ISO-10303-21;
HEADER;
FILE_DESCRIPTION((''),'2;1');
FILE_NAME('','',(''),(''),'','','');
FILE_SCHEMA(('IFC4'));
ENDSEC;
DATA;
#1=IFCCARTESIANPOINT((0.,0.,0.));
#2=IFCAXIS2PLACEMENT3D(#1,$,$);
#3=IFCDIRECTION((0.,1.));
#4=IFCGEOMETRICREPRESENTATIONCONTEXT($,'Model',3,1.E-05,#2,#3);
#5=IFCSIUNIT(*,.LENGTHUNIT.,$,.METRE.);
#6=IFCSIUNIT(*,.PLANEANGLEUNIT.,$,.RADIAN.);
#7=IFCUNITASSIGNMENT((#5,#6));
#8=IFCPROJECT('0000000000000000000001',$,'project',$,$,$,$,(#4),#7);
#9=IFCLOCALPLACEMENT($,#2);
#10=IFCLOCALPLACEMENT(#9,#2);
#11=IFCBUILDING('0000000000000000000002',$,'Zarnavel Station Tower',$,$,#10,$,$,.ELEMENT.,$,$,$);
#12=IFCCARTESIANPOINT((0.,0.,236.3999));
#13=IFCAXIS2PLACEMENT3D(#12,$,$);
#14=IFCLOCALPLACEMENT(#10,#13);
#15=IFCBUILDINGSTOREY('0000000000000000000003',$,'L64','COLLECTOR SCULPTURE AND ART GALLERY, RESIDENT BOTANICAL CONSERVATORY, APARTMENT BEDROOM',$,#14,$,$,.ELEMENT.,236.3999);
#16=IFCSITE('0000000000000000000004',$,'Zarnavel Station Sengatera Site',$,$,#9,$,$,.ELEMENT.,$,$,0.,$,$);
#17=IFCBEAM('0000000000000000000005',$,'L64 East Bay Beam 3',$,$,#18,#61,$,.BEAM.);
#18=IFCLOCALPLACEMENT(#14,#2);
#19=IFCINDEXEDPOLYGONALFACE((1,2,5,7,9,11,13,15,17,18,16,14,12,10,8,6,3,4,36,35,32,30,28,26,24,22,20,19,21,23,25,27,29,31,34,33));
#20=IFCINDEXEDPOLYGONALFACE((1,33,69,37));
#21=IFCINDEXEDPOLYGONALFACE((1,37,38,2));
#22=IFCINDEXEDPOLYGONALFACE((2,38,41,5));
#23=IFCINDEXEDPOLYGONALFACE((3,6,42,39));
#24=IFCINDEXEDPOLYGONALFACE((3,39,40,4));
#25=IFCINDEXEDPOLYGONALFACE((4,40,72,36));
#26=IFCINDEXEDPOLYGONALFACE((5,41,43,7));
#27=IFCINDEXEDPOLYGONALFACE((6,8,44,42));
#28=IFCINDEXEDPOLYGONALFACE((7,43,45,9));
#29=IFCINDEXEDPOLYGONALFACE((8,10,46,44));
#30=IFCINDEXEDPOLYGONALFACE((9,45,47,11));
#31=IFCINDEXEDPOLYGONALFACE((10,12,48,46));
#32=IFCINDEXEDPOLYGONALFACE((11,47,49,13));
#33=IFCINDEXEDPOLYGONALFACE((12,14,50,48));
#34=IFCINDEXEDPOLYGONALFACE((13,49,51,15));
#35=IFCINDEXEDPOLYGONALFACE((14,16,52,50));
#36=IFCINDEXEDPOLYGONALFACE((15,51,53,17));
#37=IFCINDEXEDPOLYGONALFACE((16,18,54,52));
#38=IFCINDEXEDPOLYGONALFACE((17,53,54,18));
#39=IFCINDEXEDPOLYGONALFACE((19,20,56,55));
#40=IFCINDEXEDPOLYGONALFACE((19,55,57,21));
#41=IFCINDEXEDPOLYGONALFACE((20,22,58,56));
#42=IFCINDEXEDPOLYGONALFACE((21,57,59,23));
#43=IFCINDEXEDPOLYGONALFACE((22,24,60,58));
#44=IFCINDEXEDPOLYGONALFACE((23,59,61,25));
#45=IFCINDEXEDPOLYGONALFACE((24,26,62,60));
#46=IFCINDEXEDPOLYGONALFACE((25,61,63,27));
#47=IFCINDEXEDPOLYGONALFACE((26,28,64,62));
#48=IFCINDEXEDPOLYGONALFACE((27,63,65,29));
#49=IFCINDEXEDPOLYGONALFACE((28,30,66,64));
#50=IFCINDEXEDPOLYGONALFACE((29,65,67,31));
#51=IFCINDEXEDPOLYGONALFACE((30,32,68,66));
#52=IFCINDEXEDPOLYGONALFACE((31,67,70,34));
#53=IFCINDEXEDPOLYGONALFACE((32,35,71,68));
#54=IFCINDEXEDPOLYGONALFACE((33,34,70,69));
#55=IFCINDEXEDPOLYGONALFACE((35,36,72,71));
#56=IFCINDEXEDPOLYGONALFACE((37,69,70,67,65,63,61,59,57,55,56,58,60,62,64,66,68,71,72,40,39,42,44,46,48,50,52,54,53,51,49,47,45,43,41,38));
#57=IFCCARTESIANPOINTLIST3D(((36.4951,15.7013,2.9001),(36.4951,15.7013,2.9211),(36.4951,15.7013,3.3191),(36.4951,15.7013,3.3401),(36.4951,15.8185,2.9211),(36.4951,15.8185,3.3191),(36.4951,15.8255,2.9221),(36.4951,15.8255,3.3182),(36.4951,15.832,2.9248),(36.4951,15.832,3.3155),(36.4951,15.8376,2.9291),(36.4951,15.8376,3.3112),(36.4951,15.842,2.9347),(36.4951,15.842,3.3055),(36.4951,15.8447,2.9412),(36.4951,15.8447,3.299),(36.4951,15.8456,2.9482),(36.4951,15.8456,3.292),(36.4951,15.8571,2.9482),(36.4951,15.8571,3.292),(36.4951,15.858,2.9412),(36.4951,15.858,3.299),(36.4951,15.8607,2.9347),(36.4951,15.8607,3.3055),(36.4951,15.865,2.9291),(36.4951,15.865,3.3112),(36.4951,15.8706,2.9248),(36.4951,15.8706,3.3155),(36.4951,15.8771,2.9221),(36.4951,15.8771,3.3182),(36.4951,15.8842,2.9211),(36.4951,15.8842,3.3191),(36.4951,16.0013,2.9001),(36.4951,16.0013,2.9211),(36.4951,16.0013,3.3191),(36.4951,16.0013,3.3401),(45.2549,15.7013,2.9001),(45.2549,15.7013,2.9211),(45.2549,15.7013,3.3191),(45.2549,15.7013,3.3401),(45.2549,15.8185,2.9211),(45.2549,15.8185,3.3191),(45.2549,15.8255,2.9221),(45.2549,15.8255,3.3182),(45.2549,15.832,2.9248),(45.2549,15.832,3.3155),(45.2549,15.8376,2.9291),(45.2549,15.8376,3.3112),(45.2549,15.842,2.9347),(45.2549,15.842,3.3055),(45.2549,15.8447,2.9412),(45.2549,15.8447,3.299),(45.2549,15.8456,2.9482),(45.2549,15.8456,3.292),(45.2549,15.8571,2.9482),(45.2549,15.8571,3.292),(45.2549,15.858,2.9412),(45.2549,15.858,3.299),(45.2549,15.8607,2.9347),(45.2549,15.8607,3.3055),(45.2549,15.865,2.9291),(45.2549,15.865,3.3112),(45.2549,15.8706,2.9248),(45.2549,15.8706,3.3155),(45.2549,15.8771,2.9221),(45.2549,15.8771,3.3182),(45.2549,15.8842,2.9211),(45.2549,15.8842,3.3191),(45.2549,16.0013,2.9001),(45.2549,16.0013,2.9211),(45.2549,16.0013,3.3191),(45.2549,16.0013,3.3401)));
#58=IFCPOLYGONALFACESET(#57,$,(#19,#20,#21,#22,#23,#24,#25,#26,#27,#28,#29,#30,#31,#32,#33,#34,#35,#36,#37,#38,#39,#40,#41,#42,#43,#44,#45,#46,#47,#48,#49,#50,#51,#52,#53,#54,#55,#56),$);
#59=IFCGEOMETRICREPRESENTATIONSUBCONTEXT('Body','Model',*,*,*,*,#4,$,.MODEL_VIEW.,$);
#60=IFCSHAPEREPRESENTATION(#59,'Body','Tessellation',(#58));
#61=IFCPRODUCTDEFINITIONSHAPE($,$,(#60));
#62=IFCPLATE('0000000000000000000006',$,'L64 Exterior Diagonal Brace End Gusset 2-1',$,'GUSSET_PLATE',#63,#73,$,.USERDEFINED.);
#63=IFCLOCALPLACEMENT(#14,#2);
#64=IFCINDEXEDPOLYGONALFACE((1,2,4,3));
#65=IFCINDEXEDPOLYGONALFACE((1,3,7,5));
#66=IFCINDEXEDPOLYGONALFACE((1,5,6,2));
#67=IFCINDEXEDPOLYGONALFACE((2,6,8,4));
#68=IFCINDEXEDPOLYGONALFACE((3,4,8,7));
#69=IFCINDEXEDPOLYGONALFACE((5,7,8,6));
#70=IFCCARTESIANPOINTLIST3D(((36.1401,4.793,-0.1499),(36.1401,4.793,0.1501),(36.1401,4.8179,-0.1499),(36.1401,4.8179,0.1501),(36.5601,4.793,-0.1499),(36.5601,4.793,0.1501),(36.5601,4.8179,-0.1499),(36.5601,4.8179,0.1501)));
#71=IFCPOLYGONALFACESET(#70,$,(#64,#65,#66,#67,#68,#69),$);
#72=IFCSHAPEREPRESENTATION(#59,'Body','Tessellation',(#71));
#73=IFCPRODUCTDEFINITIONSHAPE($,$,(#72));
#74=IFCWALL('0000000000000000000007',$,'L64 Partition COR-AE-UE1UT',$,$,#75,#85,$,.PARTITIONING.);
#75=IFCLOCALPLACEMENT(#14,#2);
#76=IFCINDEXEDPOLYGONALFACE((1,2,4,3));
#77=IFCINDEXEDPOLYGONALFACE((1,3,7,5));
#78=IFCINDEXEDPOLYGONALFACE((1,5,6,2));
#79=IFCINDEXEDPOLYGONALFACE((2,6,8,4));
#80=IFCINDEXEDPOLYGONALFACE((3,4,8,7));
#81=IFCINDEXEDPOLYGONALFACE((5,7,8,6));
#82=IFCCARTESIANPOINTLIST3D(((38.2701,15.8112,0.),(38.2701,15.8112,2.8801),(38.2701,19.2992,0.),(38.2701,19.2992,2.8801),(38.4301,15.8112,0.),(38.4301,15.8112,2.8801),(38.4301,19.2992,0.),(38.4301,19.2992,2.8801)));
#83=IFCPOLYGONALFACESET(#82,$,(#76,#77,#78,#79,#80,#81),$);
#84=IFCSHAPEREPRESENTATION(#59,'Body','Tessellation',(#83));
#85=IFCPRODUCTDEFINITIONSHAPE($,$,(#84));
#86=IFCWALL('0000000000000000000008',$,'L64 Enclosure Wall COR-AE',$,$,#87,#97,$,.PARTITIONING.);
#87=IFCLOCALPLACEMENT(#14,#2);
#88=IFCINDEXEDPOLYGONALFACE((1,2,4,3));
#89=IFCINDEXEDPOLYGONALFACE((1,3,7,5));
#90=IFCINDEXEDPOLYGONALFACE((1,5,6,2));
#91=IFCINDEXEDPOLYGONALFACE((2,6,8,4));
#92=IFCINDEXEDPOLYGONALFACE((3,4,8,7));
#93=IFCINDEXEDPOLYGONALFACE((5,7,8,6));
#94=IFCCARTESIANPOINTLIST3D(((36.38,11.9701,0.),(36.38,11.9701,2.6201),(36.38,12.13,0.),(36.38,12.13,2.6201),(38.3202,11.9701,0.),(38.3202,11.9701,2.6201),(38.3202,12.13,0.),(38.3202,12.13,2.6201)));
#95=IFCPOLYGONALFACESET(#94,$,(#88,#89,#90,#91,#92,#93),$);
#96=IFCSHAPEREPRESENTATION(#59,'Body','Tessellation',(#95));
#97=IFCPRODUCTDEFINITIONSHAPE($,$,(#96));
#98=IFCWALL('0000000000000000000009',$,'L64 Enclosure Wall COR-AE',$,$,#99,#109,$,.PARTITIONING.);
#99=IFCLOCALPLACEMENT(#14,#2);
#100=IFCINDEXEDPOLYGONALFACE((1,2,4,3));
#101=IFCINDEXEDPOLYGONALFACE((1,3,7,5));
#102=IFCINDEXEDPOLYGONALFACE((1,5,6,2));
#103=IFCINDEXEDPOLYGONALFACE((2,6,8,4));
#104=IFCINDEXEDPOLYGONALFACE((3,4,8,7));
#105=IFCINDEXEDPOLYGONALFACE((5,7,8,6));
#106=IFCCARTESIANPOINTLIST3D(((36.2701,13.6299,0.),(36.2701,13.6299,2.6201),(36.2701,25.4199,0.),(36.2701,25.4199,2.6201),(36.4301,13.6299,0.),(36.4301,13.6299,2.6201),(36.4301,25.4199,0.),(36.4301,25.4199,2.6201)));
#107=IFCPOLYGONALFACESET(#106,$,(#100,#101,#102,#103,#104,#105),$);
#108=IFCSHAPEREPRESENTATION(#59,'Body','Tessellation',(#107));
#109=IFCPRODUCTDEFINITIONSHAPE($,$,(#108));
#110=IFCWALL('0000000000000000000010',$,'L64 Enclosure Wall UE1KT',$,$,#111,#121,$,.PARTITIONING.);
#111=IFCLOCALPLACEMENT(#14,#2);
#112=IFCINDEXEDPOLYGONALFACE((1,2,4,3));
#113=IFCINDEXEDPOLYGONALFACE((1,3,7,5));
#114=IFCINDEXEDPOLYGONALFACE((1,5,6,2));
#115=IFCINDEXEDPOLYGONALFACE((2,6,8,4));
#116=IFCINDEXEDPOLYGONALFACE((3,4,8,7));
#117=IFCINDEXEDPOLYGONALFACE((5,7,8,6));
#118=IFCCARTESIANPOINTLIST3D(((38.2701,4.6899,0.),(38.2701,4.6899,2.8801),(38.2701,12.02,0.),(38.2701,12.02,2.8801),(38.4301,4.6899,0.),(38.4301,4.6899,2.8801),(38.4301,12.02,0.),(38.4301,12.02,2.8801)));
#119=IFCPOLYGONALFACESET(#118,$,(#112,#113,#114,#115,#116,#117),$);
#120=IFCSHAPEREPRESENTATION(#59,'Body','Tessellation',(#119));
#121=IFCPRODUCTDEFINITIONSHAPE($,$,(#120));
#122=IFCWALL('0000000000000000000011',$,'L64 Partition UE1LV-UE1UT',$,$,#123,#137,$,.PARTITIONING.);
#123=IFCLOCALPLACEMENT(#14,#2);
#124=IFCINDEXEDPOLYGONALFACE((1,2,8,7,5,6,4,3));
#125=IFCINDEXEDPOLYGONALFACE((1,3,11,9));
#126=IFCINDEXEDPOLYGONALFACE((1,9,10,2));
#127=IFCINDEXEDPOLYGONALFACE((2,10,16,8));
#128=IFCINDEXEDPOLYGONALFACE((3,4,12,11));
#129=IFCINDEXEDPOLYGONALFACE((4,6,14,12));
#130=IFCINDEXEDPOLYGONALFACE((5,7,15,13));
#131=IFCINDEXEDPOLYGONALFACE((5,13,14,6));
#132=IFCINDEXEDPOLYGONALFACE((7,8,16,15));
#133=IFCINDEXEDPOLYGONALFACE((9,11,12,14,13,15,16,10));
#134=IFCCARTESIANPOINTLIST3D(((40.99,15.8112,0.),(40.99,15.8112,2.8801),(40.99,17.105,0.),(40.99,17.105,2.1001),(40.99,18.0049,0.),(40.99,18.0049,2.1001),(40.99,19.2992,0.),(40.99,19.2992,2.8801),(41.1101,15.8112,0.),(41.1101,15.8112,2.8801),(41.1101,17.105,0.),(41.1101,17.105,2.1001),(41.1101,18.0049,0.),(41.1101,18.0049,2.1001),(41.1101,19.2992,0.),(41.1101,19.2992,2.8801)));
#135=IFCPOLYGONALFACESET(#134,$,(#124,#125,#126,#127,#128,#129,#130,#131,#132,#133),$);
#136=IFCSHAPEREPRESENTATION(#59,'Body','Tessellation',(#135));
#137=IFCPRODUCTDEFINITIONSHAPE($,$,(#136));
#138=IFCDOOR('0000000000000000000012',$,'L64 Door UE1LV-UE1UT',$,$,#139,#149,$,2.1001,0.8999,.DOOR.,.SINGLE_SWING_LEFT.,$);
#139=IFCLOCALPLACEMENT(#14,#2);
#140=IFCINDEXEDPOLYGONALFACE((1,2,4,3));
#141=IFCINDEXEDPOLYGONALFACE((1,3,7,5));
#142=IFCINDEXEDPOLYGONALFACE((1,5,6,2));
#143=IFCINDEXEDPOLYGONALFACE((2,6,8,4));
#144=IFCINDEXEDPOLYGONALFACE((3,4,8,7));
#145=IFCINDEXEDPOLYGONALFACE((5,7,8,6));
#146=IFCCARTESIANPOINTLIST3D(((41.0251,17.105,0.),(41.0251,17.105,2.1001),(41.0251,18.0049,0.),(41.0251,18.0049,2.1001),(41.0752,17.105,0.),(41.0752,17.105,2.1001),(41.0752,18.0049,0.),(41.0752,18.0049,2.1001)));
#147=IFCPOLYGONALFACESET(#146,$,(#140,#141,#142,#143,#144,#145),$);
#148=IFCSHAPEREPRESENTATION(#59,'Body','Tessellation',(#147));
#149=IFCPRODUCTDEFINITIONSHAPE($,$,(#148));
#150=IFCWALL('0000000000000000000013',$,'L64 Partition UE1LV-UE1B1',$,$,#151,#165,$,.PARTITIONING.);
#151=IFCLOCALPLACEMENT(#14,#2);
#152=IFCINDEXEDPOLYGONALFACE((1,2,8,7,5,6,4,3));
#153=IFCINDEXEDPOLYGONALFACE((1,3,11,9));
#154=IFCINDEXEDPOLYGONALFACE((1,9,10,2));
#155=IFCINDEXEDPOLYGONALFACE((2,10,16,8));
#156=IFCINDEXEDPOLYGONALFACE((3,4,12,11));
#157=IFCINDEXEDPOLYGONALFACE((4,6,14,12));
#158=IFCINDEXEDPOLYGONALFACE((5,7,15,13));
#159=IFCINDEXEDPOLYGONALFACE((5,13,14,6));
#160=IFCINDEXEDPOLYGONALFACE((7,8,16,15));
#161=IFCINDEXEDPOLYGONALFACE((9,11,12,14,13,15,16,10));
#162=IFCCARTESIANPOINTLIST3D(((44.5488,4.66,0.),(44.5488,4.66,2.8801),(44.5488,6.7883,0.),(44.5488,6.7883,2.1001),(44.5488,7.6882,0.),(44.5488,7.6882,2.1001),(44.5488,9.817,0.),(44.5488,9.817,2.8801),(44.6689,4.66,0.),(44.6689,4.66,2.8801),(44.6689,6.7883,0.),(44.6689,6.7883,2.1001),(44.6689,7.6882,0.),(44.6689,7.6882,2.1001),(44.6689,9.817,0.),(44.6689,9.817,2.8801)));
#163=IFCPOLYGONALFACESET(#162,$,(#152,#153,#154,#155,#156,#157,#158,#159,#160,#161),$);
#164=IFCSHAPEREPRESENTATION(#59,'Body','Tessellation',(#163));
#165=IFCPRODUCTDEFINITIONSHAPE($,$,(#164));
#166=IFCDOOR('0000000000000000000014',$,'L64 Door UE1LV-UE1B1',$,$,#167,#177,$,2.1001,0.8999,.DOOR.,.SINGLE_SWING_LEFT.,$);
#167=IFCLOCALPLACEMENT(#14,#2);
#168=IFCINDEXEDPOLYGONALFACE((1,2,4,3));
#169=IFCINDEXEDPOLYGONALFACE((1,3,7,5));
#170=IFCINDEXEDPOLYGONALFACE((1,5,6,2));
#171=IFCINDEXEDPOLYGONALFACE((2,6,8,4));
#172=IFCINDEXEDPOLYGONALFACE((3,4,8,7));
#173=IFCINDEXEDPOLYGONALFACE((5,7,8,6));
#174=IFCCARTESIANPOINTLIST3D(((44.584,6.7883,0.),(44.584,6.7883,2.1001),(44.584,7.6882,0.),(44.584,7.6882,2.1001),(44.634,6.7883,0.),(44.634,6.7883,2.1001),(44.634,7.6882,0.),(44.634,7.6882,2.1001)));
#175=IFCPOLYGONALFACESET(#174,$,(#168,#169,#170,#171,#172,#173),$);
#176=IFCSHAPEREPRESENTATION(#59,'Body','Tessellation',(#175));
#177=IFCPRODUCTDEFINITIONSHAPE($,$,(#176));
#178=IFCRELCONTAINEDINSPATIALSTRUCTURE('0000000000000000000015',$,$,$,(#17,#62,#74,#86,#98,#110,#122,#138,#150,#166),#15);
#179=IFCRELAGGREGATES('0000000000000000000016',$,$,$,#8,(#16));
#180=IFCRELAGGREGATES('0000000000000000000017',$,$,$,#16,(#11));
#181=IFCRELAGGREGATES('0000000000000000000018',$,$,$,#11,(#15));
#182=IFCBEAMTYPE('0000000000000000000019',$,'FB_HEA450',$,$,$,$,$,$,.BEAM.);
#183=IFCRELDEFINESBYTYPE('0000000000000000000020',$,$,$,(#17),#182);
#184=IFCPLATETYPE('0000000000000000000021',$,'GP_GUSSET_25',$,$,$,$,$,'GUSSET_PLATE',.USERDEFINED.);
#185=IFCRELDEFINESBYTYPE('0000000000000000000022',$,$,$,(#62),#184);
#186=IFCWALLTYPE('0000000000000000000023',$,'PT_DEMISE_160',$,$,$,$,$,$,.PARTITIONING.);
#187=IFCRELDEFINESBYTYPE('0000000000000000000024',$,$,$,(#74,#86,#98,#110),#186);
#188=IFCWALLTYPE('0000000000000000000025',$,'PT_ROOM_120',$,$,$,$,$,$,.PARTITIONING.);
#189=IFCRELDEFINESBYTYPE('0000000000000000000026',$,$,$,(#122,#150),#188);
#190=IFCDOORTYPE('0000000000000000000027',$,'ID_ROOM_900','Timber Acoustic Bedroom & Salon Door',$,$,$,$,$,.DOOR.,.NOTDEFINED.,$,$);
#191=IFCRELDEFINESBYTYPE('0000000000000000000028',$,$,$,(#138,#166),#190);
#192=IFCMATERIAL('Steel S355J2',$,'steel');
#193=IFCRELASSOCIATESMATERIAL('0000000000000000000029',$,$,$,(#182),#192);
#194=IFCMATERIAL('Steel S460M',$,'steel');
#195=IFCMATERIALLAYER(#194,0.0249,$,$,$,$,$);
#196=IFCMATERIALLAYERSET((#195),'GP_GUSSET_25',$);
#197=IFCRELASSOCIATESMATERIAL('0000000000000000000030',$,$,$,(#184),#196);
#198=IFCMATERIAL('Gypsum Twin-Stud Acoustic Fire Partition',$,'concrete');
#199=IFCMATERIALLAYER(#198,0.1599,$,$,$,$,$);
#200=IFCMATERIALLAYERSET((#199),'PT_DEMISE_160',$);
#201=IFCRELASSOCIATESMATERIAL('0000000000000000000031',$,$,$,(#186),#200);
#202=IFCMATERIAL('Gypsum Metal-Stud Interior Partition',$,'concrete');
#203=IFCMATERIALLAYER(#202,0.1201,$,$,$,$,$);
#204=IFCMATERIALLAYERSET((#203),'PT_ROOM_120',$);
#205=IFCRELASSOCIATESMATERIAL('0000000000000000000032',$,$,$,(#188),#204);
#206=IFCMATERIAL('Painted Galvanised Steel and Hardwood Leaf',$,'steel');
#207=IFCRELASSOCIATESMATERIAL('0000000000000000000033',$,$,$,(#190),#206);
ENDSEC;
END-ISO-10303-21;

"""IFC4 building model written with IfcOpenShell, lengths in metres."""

from ifc_helpers import new_model, si_unit, direction, frame, frame_2d, origin, origin_2d, place, context, subcontext, project, spatial, rectangle, i_section, extrude, material, layer, layer_set, material_profile, profile_set, type_object, element, fill, save


model = new_model("IFC4")

# Units and contexts
model_context = context("Model", 3, precision=1e-05, world=origin(), true_north=direction((0.0, 1.0)))
body_context = subcontext(model_context, "Body", "Model", "MODEL_VIEW")
ifc_project = project(units=[si_unit("LENGTHUNIT", "METRE"), si_unit("PLANEANGLEUNIT", "RADIAN")], contexts=[model_context])

# Site, building, storey
site_placement = place(None, origin())
site = spatial("IfcSite", under=ifc_project, at=site_placement, Name="Zarnavel Station Sengatera Site", CompositionType="ELEMENT", RefElevation=0.0)
building_placement = place(site_placement, origin())
building = spatial("IfcBuilding", under=site, at=building_placement, Name="Zarnavel Station Tower", CompositionType="ELEMENT")
storey_placement = place(building_placement, frame((0.0, 0.0, 236.3999)))
storey = spatial("IfcBuildingStorey", under=building, at=storey_placement, Name="L64", Description="COLLECTOR SCULPTURE AND ART GALLERY, RESIDENT BOTANICAL CONSERVATORY, APARTMENT BEDROOM", CompositionType="ELEMENT", Elevation=236.3999)

# Beam
ifc_material_1 = material(Name="Steel S355J2", Category="steel")
ifc_material_profile_1 = material_profile(ifc_material_1, i_section(OverallWidth=0.3, OverallDepth=0.4399, WebThickness=0.0115, FlangeThickness=0.021, FilletRadius=0.0271, at=origin_2d()), Name="HEA450")
ifc_profile_set_1 = profile_set([ifc_material_profile_1], Name="Steel S355J2")
beam_type_1 = type_object("IfcBeamType", Name="FB_HEA450", PredefinedType="BEAM", material=ifc_profile_set_1)
for number, where, z_axis, x_axis, name in (
    (1, (36.4951, 15.8513, 3.1201), (1.0, 0.0, 0.0), (0.0, 1.0, 0.0), "L64 East Bay Beam 3"),
):
    element("IfcBeam", number, at=place(storey_placement, frame(where, z_axis=z_axis, x_axis=x_axis)), inside=storey, type_object=beam_type_1, Name=name, PredefinedType="BEAM", context=body_context, shape_type="SweptSolid", body=[
        extrude(i_section(OverallWidth=0.3, OverallDepth=0.4399, WebThickness=0.0115, FlangeThickness=0.021, FilletRadius=0.0271, at=origin_2d()), origin(), (0.0, 0.0, 1.0), 8.7598),
    ])

# Plate
ifc_material_2 = material(Name="Steel S460M", Category="steel")
ifc_layer_1 = layer(ifc_material_2, 0.0249)
ifc_layer_set_1 = layer_set([ifc_layer_1], Name="GP_GUSSET_25")
plate_type = type_object("IfcPlateType", Name="GP_GUSSET_25", ElementType="GUSSET_PLATE", PredefinedType="USERDEFINED", material=ifc_layer_set_1)
plate_placement = place(storey_placement, frame((36.3501, 4.8054, -0.1499), z_axis=(0.0, 0.0, 1.0), x_axis=(1.0, 0.0, 0.0)))
element("IfcPlate", 2, at=plate_placement, inside=storey, type_object=plate_type, Name="L64 Exterior Diagonal Brace End Gusset 2-1", ObjectType="GUSSET_PLATE", PredefinedType="USERDEFINED", context=body_context, shape_type="SweptSolid", body=[
    extrude(rectangle(XDim=0.4199, YDim=0.0249, at=origin_2d()), origin(), (0.0, 0.0, 1.0), 0.3),
])

# Walls
ifc_material_3 = material(Name="Gypsum Twin-Stud Acoustic Fire Partition", Category="concrete")
ifc_layer_2 = layer(ifc_material_3, 0.1599)
ifc_layer_set_2 = layer_set([ifc_layer_2], Name="PT_DEMISE_160")
wall_type_1 = type_object("IfcWallType", Name="PT_DEMISE_160", PredefinedType="PARTITIONING", material=ifc_layer_set_2)
wall_1_placement = place(storey_placement, frame((38.3501, 15.811, 0.0), z_axis=(0.0, 0.0, 1.0), x_axis=(0.0, 1.0, 0.0)))
element("IfcWall", 3, at=wall_1_placement, inside=storey, type_object=wall_type_1, Name="L64 Partition COR-AE-UE1UT", PredefinedType="PARTITIONING", context=body_context, shape_type="SweptSolid", body=[
    extrude(rectangle(XDim=3.488, YDim=0.1599, at=frame_2d((1.7441, 0.0))), origin(), (0.0, 0.0, 1.0), 2.8801),
])
wall_2_placement = place(storey_placement, frame((36.3799, 12.05, 0.0), z_axis=(0.0, 0.0, 1.0), x_axis=(1.0, 0.0, 0.0)))
element("IfcWall", 4, at=wall_2_placement, inside=storey, type_object=wall_type_1, Name="L64 Enclosure Wall COR-AE", PredefinedType="PARTITIONING", context=body_context, shape_type="SweptSolid", body=[
    extrude(rectangle(XDim=1.9402, YDim=0.1599, at=frame_2d((0.9702, 0.0))), origin(), (0.0, 0.0, 1.0), 2.6201),
])
wall_3_placement = place(storey_placement, frame((36.3501, 13.6299, 0.0), z_axis=(0.0, 0.0, 1.0), x_axis=(0.0, 1.0, 0.0)))
element("IfcWall", 5, at=wall_3_placement, inside=storey, type_object=wall_type_1, Name="L64 Enclosure Wall COR-AE", PredefinedType="PARTITIONING", context=body_context, shape_type="SweptSolid", body=[
    extrude(rectangle(XDim=11.79, YDim=0.1599, at=frame_2d((5.895, 0.0))), origin(), (0.0, 0.0, 1.0), 2.6201),
])
wall_4_placement = place(storey_placement, frame((38.3501, 4.6899, 0.0), z_axis=(0.0, 0.0, 1.0), x_axis=(0.0, 1.0, 0.0)))
element("IfcWall", 6, at=wall_4_placement, inside=storey, type_object=wall_type_1, Name="L64 Enclosure Wall UE1KT", PredefinedType="PARTITIONING", context=body_context, shape_type="SweptSolid", body=[
    extrude(rectangle(XDim=7.3301, YDim=0.1599, at=frame_2d((3.665, 0.0))), origin(), (0.0, 0.0, 1.0), 2.8801),
])

# Walls, openings, doors
ifc_material_4 = material(Name="Gypsum Metal-Stud Interior Partition", Category="concrete")
ifc_layer_3 = layer(ifc_material_4, 0.1201)
ifc_layer_set_3 = layer_set([ifc_layer_3], Name="PT_ROOM_120")
wall_type_2 = type_object("IfcWallType", Name="PT_ROOM_120", PredefinedType="PARTITIONING", material=ifc_layer_set_3)
wall_5_placement = place(storey_placement, frame((41.05, 15.811, 0.0), z_axis=(0.0, 0.0, 1.0), x_axis=(0.0, 1.0, 0.0)))
wall_5 = element("IfcWall", 7, at=wall_5_placement, inside=storey, type_object=wall_type_2, Name="L64 Partition UE1LV-UE1UT", PredefinedType="PARTITIONING", context=body_context, shape_type="SweptSolid", body=[
    extrude(rectangle(XDim=3.488, YDim=0.1201, at=frame_2d((1.7441, 0.0))), origin(), (0.0, 0.0, 1.0), 2.8801),
])
opening_1_placement = place(wall_5_placement, frame((1.2939, 0.0, 0.0)))
opening_1 = element("IfcOpeningElement", 8, at=opening_1_placement, cuts=wall_5, PredefinedType="OPENING", context=body_context, shape_type="SweptSolid", body=[
    extrude(rectangle(XDim=0.8999, YDim=2.1001, at=frame_2d((0.45, 1.05))), frame((0.0, 0.0701, 0.0), z_axis=(0.0, -1.0, 0.0), x_axis=(1.0, 0.0, 0.0)), (0.0, 0.0, 1.0), 0.1401),
])
ifc_material_5 = material(Name="Painted Galvanised Steel and Hardwood Leaf", Category="steel")
door_type_1 = type_object("IfcDoorType", Name="ID_ROOM_900", Description="Timber Acoustic Bedroom & Salon Door", OperationType="NOTDEFINED", PredefinedType="DOOR", material=ifc_material_5)
door_1_placement = place(opening_1_placement, origin())
door_1 = element("IfcDoor", 9, at=door_1_placement, inside=storey, type_object=door_type_1, Name="L64 Door UE1LV-UE1UT", OperationType="SINGLE_SWING_LEFT", OverallHeight=2.1001, OverallWidth=0.8999, PredefinedType="DOOR", context=body_context, shape_type="SweptSolid", body=[
    extrude(rectangle(XDim=0.8999, YDim=2.1001, at=frame_2d((0.45, 1.05))), frame((0.0, 0.0249, 0.0), z_axis=(0.0, -1.0, 0.0), x_axis=(1.0, 0.0, 0.0)), (0.0, 0.0, 1.0), 0.05),
])
fill(opening_1, door_1)
wall_6_placement = place(storey_placement, frame((44.6089, 4.6599, 0.0), z_axis=(0.0, 0.0, 1.0), x_axis=(0.0, 1.0, 0.0)))
wall_6 = element("IfcWall", 10, at=wall_6_placement, inside=storey, type_object=wall_type_2, Name="L64 Partition UE1LV-UE1B1", PredefinedType="PARTITIONING", context=body_context, shape_type="SweptSolid", body=[
    extrude(rectangle(XDim=5.157, YDim=0.1201, at=frame_2d((2.5786, 0.0))), origin(), (0.0, 0.0, 1.0), 2.8801),
])
opening_2_placement = place(wall_6_placement, frame((2.1284, 0.0, 0.0)))
opening_2 = element("IfcOpeningElement", 11, at=opening_2_placement, cuts=wall_6, PredefinedType="OPENING", context=body_context, shape_type="SweptSolid", body=[
    extrude(rectangle(XDim=0.8999, YDim=2.1001, at=frame_2d((0.45, 1.05))), frame((0.0, 0.0701, 0.0), z_axis=(0.0, -1.0, 0.0), x_axis=(1.0, 0.0, 0.0)), (0.0, 0.0, 1.0), 0.1401),
])
door_2_placement = place(opening_2_placement, origin())
door_2 = element("IfcDoor", 12, at=door_2_placement, inside=storey, type_object=door_type_1, Name="L64 Door UE1LV-UE1B1", OperationType="SINGLE_SWING_LEFT", OverallHeight=2.1001, OverallWidth=0.8999, PredefinedType="DOOR", context=body_context, shape_type="SweptSolid", body=[
    extrude(rectangle(XDim=0.8999, YDim=2.1001, at=frame_2d((0.45, 1.05))), frame((0.0, 0.0249, 0.0), z_axis=(0.0, -1.0, 0.0), x_axis=(1.0, 0.0, 0.0)), (0.0, 0.0, 1.0), 0.05),
])
fill(opening_2, door_2)

save(model, "model.ifc")
